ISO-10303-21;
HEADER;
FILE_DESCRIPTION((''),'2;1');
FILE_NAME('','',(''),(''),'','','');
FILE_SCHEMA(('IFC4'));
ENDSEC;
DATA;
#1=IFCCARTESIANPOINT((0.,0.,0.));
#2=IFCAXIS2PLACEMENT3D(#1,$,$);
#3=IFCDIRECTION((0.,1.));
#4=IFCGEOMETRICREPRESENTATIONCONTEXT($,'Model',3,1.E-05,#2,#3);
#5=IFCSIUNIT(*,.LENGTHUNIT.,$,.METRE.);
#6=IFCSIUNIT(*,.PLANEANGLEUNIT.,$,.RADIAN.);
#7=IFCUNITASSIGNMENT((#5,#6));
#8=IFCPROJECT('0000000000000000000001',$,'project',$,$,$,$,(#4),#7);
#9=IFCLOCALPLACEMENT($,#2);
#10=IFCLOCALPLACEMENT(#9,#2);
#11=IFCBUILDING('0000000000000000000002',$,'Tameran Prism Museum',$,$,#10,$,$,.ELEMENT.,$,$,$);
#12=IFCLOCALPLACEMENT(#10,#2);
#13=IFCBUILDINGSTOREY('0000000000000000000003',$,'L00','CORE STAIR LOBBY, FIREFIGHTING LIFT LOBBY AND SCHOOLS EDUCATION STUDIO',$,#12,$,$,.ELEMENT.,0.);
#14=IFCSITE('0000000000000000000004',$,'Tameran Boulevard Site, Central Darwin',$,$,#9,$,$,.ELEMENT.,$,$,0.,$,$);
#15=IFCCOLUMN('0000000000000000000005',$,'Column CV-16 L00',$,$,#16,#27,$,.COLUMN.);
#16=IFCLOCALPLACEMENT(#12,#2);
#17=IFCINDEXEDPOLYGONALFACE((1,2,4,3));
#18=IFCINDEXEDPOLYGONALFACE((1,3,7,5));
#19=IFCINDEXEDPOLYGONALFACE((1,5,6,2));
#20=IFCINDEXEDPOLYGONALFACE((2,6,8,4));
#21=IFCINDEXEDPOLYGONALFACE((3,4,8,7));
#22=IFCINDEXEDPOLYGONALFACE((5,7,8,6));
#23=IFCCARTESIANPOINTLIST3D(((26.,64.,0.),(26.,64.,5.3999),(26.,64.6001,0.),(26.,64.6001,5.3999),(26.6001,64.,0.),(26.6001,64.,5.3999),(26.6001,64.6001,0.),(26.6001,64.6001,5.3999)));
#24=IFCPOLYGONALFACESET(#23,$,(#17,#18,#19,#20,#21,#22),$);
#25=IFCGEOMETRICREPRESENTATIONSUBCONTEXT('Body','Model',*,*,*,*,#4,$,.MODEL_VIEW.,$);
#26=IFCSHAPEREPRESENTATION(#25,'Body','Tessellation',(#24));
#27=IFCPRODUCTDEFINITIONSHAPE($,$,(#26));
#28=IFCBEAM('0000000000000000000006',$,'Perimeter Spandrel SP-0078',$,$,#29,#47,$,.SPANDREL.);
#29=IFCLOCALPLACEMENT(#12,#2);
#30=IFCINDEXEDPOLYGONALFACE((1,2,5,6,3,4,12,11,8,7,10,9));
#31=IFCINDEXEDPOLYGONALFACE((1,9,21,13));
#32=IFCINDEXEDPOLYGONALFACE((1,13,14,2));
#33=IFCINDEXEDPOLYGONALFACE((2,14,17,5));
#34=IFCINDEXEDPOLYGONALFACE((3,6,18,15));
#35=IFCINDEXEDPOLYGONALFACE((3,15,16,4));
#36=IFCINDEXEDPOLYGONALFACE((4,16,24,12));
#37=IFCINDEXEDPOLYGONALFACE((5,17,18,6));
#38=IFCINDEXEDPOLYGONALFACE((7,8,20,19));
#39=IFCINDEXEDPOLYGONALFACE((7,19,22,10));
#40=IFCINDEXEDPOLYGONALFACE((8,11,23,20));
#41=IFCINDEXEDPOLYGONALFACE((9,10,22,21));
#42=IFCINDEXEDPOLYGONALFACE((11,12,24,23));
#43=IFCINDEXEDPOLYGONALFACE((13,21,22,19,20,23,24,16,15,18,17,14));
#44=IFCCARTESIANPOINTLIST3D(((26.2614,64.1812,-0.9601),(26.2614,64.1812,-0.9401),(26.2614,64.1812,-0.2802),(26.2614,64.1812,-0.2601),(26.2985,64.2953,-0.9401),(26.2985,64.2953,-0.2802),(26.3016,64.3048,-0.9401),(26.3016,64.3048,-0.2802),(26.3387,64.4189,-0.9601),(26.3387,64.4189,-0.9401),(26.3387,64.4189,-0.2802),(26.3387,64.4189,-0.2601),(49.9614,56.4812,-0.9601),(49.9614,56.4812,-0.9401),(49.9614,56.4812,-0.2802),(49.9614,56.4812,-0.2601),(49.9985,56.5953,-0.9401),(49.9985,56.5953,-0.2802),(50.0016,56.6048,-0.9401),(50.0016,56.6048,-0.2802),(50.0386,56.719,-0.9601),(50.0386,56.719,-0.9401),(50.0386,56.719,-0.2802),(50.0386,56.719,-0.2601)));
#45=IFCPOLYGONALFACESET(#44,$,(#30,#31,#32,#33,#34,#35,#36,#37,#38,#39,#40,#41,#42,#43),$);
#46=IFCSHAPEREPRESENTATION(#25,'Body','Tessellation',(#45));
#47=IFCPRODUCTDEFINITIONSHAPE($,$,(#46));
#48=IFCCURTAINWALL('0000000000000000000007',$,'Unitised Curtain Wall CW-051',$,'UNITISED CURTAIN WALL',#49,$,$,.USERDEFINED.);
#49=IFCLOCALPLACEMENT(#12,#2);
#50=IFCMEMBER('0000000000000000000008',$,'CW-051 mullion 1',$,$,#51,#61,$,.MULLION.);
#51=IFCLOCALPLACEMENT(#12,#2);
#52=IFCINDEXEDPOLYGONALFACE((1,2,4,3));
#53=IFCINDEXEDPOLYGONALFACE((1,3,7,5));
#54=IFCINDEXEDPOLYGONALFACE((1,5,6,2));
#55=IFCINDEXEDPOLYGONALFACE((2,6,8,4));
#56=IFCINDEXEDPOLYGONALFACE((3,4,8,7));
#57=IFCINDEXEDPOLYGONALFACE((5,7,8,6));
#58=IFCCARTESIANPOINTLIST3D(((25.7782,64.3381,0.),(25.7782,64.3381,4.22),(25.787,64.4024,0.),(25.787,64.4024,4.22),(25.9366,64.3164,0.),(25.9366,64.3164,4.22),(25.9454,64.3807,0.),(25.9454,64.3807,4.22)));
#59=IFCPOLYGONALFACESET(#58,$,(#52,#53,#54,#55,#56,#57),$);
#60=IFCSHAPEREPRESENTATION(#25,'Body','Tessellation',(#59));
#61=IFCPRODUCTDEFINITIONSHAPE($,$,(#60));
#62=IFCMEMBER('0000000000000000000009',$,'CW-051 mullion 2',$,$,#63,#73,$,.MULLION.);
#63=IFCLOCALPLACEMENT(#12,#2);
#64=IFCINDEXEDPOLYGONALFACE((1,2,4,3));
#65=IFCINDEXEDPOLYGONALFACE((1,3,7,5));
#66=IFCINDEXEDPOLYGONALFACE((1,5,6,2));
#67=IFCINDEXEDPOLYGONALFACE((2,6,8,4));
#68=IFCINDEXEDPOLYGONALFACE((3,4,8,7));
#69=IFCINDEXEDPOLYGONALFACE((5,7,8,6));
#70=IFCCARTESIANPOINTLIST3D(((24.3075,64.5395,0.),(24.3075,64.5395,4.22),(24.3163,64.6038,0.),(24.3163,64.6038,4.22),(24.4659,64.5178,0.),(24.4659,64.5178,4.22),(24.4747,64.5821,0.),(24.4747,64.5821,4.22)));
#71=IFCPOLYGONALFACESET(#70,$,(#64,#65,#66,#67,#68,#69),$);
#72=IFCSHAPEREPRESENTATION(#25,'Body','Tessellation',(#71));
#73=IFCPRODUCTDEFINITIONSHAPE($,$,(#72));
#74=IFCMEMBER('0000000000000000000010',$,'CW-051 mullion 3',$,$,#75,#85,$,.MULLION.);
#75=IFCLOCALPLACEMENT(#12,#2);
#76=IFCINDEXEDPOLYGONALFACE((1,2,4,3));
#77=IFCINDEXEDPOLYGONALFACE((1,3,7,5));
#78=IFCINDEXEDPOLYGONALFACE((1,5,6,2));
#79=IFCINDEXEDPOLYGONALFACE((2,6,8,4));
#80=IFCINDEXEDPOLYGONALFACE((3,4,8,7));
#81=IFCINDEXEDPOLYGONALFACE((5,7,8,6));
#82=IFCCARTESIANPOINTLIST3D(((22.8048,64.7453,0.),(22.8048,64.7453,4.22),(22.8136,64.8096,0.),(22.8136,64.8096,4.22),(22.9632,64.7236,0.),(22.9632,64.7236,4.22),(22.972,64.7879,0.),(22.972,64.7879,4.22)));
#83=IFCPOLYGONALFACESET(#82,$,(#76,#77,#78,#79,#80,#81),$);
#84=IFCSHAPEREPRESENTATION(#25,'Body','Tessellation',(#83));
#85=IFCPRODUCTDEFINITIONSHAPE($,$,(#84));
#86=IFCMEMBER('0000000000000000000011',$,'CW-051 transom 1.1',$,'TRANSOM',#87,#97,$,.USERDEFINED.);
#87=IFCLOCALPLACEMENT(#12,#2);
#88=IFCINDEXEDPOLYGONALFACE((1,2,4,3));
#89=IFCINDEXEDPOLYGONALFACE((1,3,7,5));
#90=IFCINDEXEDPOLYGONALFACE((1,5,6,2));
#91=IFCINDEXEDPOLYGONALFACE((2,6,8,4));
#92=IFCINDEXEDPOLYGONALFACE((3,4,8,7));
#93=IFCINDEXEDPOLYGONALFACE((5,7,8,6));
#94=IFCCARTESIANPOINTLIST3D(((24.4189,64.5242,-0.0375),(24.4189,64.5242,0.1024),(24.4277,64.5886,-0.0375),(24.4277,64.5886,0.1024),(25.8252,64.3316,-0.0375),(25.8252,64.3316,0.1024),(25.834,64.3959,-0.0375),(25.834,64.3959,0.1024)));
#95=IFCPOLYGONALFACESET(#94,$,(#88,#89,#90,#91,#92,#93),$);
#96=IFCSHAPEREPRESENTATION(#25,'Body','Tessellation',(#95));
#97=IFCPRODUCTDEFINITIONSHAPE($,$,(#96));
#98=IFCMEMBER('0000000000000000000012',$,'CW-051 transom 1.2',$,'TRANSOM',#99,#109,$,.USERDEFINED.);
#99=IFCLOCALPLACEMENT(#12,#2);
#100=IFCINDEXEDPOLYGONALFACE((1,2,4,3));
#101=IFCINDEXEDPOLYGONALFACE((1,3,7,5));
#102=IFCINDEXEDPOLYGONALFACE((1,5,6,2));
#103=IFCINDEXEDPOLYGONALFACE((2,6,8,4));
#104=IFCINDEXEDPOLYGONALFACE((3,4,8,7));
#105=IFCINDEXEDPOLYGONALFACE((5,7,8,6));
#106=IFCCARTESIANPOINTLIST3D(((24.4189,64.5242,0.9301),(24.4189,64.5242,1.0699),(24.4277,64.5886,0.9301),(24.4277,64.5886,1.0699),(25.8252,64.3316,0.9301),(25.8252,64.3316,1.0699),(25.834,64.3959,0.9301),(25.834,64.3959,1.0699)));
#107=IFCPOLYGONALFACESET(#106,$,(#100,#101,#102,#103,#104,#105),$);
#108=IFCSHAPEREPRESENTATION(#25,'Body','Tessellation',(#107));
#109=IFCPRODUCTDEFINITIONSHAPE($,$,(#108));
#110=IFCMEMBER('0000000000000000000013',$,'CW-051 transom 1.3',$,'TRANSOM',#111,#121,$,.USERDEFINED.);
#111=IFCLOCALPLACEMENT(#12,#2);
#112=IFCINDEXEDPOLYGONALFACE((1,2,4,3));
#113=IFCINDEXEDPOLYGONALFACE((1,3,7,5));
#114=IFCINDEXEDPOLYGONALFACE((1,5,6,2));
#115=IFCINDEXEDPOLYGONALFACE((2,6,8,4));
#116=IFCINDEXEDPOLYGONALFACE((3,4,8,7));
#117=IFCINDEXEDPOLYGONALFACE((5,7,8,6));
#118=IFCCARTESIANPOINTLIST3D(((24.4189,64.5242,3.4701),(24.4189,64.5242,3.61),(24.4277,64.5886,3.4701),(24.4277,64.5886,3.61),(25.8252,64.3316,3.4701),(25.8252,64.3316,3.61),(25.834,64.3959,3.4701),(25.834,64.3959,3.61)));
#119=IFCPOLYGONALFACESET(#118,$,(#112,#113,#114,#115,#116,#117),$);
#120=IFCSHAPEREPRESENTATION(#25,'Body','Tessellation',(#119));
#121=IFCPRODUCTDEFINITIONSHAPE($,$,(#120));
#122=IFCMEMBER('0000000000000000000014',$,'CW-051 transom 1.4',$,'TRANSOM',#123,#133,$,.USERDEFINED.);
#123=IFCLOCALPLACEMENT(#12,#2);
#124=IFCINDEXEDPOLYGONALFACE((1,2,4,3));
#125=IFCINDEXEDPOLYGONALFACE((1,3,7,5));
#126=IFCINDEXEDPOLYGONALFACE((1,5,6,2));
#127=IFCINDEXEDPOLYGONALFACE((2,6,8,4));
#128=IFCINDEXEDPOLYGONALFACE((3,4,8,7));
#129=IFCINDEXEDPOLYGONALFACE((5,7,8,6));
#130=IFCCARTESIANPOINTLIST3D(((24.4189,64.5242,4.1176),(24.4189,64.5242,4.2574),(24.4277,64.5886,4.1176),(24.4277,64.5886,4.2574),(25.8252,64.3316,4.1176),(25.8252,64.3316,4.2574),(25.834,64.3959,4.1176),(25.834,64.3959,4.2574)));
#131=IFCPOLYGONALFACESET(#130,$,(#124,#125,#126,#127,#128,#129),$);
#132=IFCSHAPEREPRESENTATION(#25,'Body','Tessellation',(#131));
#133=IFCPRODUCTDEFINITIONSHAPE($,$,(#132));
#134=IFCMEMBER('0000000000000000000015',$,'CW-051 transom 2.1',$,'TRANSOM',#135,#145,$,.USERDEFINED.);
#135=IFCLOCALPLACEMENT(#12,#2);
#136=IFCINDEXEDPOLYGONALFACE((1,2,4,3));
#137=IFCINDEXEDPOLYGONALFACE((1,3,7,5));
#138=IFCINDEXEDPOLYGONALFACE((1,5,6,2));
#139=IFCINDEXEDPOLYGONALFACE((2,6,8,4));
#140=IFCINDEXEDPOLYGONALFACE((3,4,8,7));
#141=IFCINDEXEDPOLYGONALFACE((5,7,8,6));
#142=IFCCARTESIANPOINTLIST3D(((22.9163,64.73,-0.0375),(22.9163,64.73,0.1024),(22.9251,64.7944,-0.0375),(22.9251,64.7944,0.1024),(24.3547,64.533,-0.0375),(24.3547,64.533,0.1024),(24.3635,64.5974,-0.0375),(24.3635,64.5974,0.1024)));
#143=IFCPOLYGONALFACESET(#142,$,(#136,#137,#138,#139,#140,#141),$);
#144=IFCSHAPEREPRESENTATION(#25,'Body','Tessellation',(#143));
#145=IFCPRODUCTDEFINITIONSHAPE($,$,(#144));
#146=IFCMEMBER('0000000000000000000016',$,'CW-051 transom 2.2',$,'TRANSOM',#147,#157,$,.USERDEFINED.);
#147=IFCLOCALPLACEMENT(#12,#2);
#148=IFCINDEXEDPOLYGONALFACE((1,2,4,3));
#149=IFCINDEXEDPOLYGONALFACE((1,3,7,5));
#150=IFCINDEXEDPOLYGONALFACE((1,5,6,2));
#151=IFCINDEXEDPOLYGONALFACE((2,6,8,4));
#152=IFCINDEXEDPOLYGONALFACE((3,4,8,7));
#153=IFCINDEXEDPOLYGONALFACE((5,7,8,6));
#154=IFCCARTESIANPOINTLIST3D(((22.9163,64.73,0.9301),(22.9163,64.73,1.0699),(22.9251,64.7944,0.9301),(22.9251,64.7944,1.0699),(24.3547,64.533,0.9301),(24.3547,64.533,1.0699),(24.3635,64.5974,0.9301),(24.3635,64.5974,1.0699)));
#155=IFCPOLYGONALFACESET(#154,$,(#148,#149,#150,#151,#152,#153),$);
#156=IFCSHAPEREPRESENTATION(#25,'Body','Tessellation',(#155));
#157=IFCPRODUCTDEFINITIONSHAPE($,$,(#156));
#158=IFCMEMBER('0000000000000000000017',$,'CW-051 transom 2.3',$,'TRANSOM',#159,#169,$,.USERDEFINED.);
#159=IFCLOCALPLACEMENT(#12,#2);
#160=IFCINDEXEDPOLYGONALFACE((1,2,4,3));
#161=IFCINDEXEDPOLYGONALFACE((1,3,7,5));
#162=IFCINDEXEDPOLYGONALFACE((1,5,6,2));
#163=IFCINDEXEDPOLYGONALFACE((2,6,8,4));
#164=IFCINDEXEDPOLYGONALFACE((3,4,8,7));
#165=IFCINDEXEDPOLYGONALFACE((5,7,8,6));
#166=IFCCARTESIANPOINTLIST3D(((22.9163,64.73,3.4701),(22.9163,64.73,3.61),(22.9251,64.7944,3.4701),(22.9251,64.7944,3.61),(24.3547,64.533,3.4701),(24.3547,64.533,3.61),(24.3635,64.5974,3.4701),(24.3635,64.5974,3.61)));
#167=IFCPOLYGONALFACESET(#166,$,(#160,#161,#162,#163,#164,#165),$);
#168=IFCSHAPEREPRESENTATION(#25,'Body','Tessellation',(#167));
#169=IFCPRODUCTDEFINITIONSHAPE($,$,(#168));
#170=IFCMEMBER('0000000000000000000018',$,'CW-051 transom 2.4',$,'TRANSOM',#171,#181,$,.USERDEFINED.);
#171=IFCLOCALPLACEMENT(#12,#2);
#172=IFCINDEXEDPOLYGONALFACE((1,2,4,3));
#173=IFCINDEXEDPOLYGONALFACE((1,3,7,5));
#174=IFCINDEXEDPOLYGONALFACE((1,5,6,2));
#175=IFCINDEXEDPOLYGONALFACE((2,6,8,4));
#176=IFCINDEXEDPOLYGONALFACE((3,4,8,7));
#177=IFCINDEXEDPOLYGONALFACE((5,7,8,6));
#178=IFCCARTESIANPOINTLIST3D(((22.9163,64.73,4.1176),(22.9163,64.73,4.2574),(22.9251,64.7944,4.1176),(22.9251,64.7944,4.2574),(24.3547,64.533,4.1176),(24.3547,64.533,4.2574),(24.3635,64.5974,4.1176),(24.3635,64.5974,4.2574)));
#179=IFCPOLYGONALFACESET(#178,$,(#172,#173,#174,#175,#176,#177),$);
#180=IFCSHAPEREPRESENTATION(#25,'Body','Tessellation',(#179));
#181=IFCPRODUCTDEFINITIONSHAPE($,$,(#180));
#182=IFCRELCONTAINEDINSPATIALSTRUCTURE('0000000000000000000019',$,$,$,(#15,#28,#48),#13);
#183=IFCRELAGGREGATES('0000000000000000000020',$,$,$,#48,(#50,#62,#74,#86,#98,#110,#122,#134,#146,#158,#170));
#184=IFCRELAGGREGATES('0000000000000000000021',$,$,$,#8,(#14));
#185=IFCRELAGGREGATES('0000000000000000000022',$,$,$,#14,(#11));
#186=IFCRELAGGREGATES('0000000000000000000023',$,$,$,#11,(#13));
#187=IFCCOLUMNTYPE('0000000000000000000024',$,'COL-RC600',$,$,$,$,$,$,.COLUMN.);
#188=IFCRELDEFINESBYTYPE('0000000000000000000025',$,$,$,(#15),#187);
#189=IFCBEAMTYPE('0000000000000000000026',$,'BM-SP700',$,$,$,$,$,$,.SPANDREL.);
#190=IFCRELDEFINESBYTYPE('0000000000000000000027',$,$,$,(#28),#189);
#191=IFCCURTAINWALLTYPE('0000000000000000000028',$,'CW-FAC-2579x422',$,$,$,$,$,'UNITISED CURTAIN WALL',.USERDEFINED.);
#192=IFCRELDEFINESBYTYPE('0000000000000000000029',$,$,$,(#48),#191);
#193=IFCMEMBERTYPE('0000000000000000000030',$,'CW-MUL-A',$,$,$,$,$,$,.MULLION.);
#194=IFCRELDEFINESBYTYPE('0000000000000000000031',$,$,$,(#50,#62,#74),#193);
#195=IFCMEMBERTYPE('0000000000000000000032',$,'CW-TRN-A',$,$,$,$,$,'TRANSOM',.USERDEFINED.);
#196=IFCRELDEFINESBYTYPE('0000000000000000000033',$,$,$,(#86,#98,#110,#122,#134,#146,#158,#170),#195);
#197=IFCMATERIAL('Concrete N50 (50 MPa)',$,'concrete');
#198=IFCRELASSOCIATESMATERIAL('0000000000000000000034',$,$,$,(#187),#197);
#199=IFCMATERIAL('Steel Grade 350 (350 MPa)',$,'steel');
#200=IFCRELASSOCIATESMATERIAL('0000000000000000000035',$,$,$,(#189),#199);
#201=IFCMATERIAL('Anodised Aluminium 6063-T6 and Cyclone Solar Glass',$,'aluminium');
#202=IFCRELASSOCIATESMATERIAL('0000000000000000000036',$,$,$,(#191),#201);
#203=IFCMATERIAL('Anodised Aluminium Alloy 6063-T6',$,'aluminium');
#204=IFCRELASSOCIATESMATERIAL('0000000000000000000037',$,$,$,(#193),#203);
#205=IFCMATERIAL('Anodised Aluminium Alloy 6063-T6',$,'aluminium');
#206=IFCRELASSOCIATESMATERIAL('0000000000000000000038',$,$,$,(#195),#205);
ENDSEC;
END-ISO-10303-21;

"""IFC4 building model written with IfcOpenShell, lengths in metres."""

from ifc_helpers import new_model, si_unit, direction, frame, origin, origin_2d, place, context, subcontext, project, spatial, rectangle, i_section, extrude, material, material_profile, profile_set, type_object, element, aggregate, save


model = new_model("IFC4")

# Units and contexts
model_context = context("Model", 3, precision=1e-05, world=origin(), true_north=direction((0.0, 1.0)))
body_context = subcontext(model_context, "Body", "Model", "MODEL_VIEW")
ifc_project = project(units=[si_unit("LENGTHUNIT", "METRE"), si_unit("PLANEANGLEUNIT", "RADIAN")], contexts=[model_context])

# Site, building, storey
site_placement = place(None, origin())
site = spatial("IfcSite", under=ifc_project, at=site_placement, Name="Tameran Boulevard Site, Central Darwin", CompositionType="ELEMENT", RefElevation=0.0)
building_placement = place(site_placement, origin())
building = spatial("IfcBuilding", under=site, at=building_placement, Name="Tameran Prism Museum", CompositionType="ELEMENT")
storey_placement = place(building_placement, origin())
storey = spatial("IfcBuildingStorey", under=building, at=storey_placement, Name="L00", Description="CORE STAIR LOBBY, FIREFIGHTING LIFT LOBBY AND SCHOOLS EDUCATION STUDIO", CompositionType="ELEMENT", Elevation=0.0)

# Column
ifc_material_1 = material(Name="Concrete N50 (50 MPa)", Category="concrete")
ifc_material_profile_1 = material_profile(ifc_material_1, rectangle(XDim=0.6001, YDim=0.6001, at=origin_2d()))
ifc_profile_set_1 = profile_set([ifc_material_profile_1])
column_type = type_object("IfcColumnType", Name="COL-RC600", PredefinedType="COLUMN", material=ifc_profile_set_1)
column_placement = place(storey_placement, frame((26.3, 64.3, 0.0), z_axis=(0.0, 0.0, 1.0), x_axis=(1.0, 0.0, 0.0)))
element("IfcColumn", 1, at=column_placement, inside=storey, type_object=column_type, Name="Column CV-16 L00", PredefinedType="COLUMN", context=body_context, shape_type="SweptSolid", body=[
    extrude(rectangle(XDim=0.6001, YDim=0.6001, at=origin_2d()), origin(), (0.0, 0.0, 1.0), 5.3999),
])

# Beam
ifc_material_2 = material(Name="Steel Grade 350 (350 MPa)", Category="steel")
ifc_material_profile_2 = material_profile(ifc_material_2, i_section(OverallWidth=0.25, OverallDepth=0.7, WebThickness=0.01, FlangeThickness=0.02, at=origin_2d()))
ifc_profile_set_2 = profile_set([ifc_material_profile_2])
beam_type = type_object("IfcBeamType", Name="BM-SP700", PredefinedType="SPANDREL", material=ifc_profile_set_2)
beam_placement = place(storey_placement, frame((26.3, 64.3, -0.6101), z_axis=(0.951064, -0.308994, 0.0), x_axis=(0.308994, 0.951064, 0.0)))
element("IfcBeam", 2, at=beam_placement, inside=storey, type_object=beam_type, Name="Perimeter Spandrel SP-0078", PredefinedType="SPANDREL", context=body_context, shape_type="SweptSolid", body=[
    extrude(i_section(OverallWidth=0.25, OverallDepth=0.7, WebThickness=0.01, FlangeThickness=0.02, at=origin_2d()), origin(), (0.0, 0.0, 1.0), 24.9194),
])

# Curtain wall, members
ifc_material_3 = material(Name="Anodised Aluminium 6063-T6 and Cyclone Solar Glass", Category="aluminium")
curtain_wall_type = type_object("IfcCurtainWallType", Name="CW-FAC-2579x422", ElementType="UNITISED CURTAIN WALL", PredefinedType="USERDEFINED", material=ifc_material_3)
curtain_wall_placement = place(storey_placement, origin())
curtain_wall = element("IfcCurtainWall", 3, at=curtain_wall_placement, inside=storey, type_object=curtain_wall_type, Name="Unitised Curtain Wall CW-051", ObjectType="UNITISED CURTAIN WALL", PredefinedType="USERDEFINED")
ifc_material_4 = material(Name="Anodised Aluminium Alloy 6063-T6", Category="aluminium")
ifc_material_profile_3 = material_profile(ifc_material_4, rectangle(XDim=0.0649, YDim=0.1599, at=origin_2d()))
ifc_profile_set_3 = profile_set([ifc_material_profile_3])
member_type_1 = type_object("IfcMemberType", Name="CW-MUL-A", PredefinedType="MULLION", material=ifc_profile_set_3)
member_1_placement = place(storey_placement, frame((25.8618, 64.3594, 0.0), z_axis=(0.0, 0.0, 1.0), x_axis=(-0.135658, -0.990756, 0.0)))
member_1 = element("IfcMember", 4, at=member_1_placement, type_object=member_type_1, Name="CW-051 mullion 1", PredefinedType="MULLION", context=body_context, shape_type="SweptSolid", body=[
    extrude(rectangle(XDim=0.0649, YDim=0.1599, at=origin_2d()), origin(), (0.0, 0.0, 1.0), 4.22),
])
member_2_placement = place(storey_placement, frame((24.3911, 64.5608, 0.0), z_axis=(0.0, 0.0, 1.0), x_axis=(-0.135658, -0.990756, 0.0)))
member_2 = element("IfcMember", 5, at=member_2_placement, type_object=member_type_1, Name="CW-051 mullion 2", PredefinedType="MULLION", context=body_context, shape_type="SweptSolid", body=[
    extrude(rectangle(XDim=0.0649, YDim=0.1599, at=origin_2d()), origin(), (0.0, 0.0, 1.0), 4.22),
])
member_3_placement = place(storey_placement, frame((22.8884, 64.7666, 0.0), z_axis=(0.0, 0.0, 1.0), x_axis=(-0.135658, -0.990756, 0.0)))
member_3 = element("IfcMember", 6, at=member_3_placement, type_object=member_type_1, Name="CW-051 mullion 3", PredefinedType="MULLION", context=body_context, shape_type="SweptSolid", body=[
    extrude(rectangle(XDim=0.0649, YDim=0.1599, at=origin_2d()), origin(), (0.0, 0.0, 1.0), 4.22),
])
ifc_material_5 = material(Name="Anodised Aluminium Alloy 6063-T6", Category="aluminium")
ifc_material_profile_4 = material_profile(ifc_material_5, rectangle(XDim=0.0649, YDim=0.1399, at=origin_2d()))
ifc_profile_set_4 = profile_set([ifc_material_profile_4])
member_type_2 = type_object("IfcMemberType", Name="CW-TRN-A", ElementType="TRANSOM", PredefinedType="USERDEFINED", material=ifc_profile_set_4)
member_4_placement = place(storey_placement, frame((25.8296, 64.3638, 0.0325), z_axis=(-0.990748, 0.135712, 0.0), x_axis=(-0.135712, -0.990748, 0.0)))
member_4 = element("IfcMember", 7, at=member_4_placement, type_object=member_type_2, Name="CW-051 transom 1.1", ObjectType="TRANSOM", PredefinedType="USERDEFINED", context=body_context, shape_type="SweptSolid", body=[
    extrude(rectangle(XDim=0.0649, YDim=0.1399, at=origin_2d()), origin(), (0.0, 0.0, 1.0), 1.4194),
])
member_5_placement = place(storey_placement, frame((25.8296, 64.3638, 1.0), z_axis=(-0.990748, 0.135712, 0.0), x_axis=(-0.135712, -0.990748, 0.0)))
member_5 = element("IfcMember", 8, at=member_5_placement, type_object=member_type_2, Name="CW-051 transom 1.2", ObjectType="TRANSOM", PredefinedType="USERDEFINED", context=body_context, shape_type="SweptSolid", body=[
    extrude(rectangle(XDim=0.0649, YDim=0.1399, at=origin_2d()), origin(), (0.0, 0.0, 1.0), 1.4194),
])
member_6_placement = place(storey_placement, frame((25.8296, 64.3638, 3.54), z_axis=(-0.990748, 0.135712, 0.0), x_axis=(-0.135712, -0.990748, 0.0)))
member_6 = element("IfcMember", 9, at=member_6_placement, type_object=member_type_2, Name="CW-051 transom 1.3", ObjectType="TRANSOM", PredefinedType="USERDEFINED", context=body_context, shape_type="SweptSolid", body=[
    extrude(rectangle(XDim=0.0649, YDim=0.1399, at=origin_2d()), origin(), (0.0, 0.0, 1.0), 1.4194),
])
member_7_placement = place(storey_placement, frame((25.8296, 64.3638, 4.1875), z_axis=(-0.990748, 0.135712, 0.0), x_axis=(-0.135712, -0.990748, 0.0)))
member_7 = element("IfcMember", 10, at=member_7_placement, type_object=member_type_2, Name="CW-051 transom 1.4", ObjectType="TRANSOM", PredefinedType="USERDEFINED", context=body_context, shape_type="SweptSolid", body=[
    extrude(rectangle(XDim=0.0649, YDim=0.1399, at=origin_2d()), origin(), (0.0, 0.0, 1.0), 1.4194),
])
member_8_placement = place(storey_placement, frame((24.3591, 64.5652, 0.0325), z_axis=(-0.99075, 0.135698, 0.0), x_axis=(-0.135698, -0.99075, 0.0)))
member_8 = element("IfcMember", 11, at=member_8_placement, type_object=member_type_2, Name="CW-051 transom 2.1", ObjectType="TRANSOM", PredefinedType="USERDEFINED", context=body_context, shape_type="SweptSolid", body=[
    extrude(rectangle(XDim=0.0649, YDim=0.1399, at=origin_2d()), origin(), (0.0, 0.0, 1.0), 1.4519),
])
member_9_placement = place(storey_placement, frame((24.3591, 64.5652, 1.0), z_axis=(-0.99075, 0.135698, 0.0), x_axis=(-0.135698, -0.99075, 0.0)))
member_9 = element("IfcMember", 12, at=member_9_placement, type_object=member_type_2, Name="CW-051 transom 2.2", ObjectType="TRANSOM", PredefinedType="USERDEFINED", context=body_context, shape_type="SweptSolid", body=[
    extrude(rectangle(XDim=0.0649, YDim=0.1399, at=origin_2d()), origin(), (0.0, 0.0, 1.0), 1.4519),
])
member_10_placement = place(storey_placement, frame((24.3591, 64.5652, 3.54), z_axis=(-0.99075, 0.135698, 0.0), x_axis=(-0.135698, -0.99075, 0.0)))
member_10 = element("IfcMember", 13, at=member_10_placement, type_object=member_type_2, Name="CW-051 transom 2.3", ObjectType="TRANSOM", PredefinedType="USERDEFINED", context=body_context, shape_type="SweptSolid", body=[
    extrude(rectangle(XDim=0.0649, YDim=0.1399, at=origin_2d()), origin(), (0.0, 0.0, 1.0), 1.4519),
])
member_11_placement = place(storey_placement, frame((24.3591, 64.5652, 4.1875), z_axis=(-0.99075, 0.135698, 0.0), x_axis=(-0.135698, -0.99075, 0.0)))
member_11 = element("IfcMember", 14, at=member_11_placement, type_object=member_type_2, Name="CW-051 transom 2.4", ObjectType="TRANSOM", PredefinedType="USERDEFINED", context=body_context, shape_type="SweptSolid", body=[
    extrude(rectangle(XDim=0.0649, YDim=0.1399, at=origin_2d()), origin(), (0.0, 0.0, 1.0), 1.4519),
])
aggregate(curtain_wall, [member_1, member_2, member_3, member_4, member_5, member_6, member_7, member_8, member_9, member_10, member_11])

save(model, "model.ifc")
